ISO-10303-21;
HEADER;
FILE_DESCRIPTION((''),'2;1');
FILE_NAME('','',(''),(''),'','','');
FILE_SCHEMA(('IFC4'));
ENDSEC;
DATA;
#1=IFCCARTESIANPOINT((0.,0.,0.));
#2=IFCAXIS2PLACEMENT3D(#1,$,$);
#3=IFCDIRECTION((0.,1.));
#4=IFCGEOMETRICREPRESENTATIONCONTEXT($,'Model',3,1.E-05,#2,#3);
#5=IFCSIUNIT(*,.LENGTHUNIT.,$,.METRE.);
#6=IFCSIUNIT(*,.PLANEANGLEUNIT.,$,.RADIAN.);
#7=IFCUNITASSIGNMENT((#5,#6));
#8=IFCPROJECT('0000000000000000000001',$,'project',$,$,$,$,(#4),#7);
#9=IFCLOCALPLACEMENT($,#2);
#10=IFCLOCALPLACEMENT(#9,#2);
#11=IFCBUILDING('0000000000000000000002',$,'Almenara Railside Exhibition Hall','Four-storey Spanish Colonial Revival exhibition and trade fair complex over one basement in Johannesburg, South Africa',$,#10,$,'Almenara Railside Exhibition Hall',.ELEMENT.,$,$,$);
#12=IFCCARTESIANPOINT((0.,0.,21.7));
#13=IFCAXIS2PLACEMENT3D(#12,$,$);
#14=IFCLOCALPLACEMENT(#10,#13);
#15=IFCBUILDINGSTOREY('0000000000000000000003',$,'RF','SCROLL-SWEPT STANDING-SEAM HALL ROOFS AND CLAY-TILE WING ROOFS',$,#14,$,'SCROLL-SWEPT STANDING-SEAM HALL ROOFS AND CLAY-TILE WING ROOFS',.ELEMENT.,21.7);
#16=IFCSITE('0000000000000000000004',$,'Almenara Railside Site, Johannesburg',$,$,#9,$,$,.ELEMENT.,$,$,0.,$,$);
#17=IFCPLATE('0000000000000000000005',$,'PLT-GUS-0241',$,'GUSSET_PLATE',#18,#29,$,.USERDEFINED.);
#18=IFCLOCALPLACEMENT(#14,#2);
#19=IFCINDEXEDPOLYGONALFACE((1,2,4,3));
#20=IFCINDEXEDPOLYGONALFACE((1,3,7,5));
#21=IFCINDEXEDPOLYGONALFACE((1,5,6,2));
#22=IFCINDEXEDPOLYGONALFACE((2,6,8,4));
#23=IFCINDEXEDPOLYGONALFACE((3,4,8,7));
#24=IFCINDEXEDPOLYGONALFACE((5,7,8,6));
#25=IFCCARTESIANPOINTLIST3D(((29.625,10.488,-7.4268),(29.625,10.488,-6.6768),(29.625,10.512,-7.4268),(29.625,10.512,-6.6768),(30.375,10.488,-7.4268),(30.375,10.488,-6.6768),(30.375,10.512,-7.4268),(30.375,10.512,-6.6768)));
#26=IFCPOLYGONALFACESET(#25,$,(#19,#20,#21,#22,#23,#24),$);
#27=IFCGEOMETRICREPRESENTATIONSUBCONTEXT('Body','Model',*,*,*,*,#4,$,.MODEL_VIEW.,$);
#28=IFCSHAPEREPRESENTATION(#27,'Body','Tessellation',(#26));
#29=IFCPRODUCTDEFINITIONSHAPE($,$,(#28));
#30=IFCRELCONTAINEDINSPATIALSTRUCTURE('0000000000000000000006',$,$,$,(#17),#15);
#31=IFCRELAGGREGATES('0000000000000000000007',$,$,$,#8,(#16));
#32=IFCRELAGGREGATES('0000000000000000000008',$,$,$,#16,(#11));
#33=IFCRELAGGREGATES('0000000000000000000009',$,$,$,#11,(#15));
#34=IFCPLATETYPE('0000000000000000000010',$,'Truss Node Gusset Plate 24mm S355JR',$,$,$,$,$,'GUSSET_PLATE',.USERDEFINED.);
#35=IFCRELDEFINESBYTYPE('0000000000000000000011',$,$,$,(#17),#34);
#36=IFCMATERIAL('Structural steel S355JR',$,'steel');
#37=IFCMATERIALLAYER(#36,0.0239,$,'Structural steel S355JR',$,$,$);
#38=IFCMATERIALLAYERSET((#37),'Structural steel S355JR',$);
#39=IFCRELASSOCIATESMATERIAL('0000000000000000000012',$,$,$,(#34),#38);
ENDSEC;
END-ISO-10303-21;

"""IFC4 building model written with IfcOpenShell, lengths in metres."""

from ifc_helpers import new_model, si_unit, direction, frame, origin, origin_2d, place, context, subcontext, project, spatial, rectangle, extrude, material, layer, layer_set, type_object, element, save


model = new_model("IFC4")

# Units and contexts
model_context = context("Model", 3, precision=1e-05, world=origin(), true_north=direction((0.0, 1.0)))
body_context = subcontext(model_context, "Body", "Model", "MODEL_VIEW")
ifc_project = project(units=[si_unit("LENGTHUNIT", "METRE"), si_unit("PLANEANGLEUNIT", "RADIAN")], contexts=[model_context])

# Site, building, storey
site_placement = place(None, origin())
site = spatial("IfcSite", under=ifc_project, at=site_placement, Name="Almenara Railside Site, Johannesburg", CompositionType="ELEMENT", RefElevation=0.0)
building_placement = place(site_placement, origin())
building = spatial("IfcBuilding", under=site, at=building_placement, Name="Almenara Railside Exhibition Hall", Description="Four-storey Spanish Colonial Revival exhibition and trade fair complex over one basement in Johannesburg, South Africa", LongName="Almenara Railside Exhibition Hall", CompositionType="ELEMENT")
storey_placement = place(building_placement, frame((0.0, 0.0, 21.7)))
storey = spatial("IfcBuildingStorey", under=building, at=storey_placement, Name="RF", Description="SCROLL-SWEPT STANDING-SEAM HALL ROOFS AND CLAY-TILE WING ROOFS", LongName="SCROLL-SWEPT STANDING-SEAM HALL ROOFS AND CLAY-TILE WING ROOFS", CompositionType="ELEMENT", Elevation=21.7)

# Shared definitions
ifc_material_1 = material(Name="Structural steel S355JR", Category="steel")

# Plate
ifc_layer_1 = layer(ifc_material_1, 0.0239, Name="Structural steel S355JR")
ifc_layer_set_1 = layer_set([ifc_layer_1], Name="Structural steel S355JR")
plate_type_1 = type_object("IfcPlateType", Name="Truss Node Gusset Plate 24mm S355JR", ElementType="GUSSET_PLATE", PredefinedType="USERDEFINED", material=ifc_layer_set_1)
plate_1_placement = place(storey_placement, frame((30.0, 10.5, -7.4268), z_axis=(0.0, 0.0, 1.0), x_axis=(1.0, 0.0, 0.0)))
element("IfcPlate", 1, at=plate_1_placement, inside=storey, type_object=plate_type_1, Name="PLT-GUS-0241", ObjectType="GUSSET_PLATE", PredefinedType="USERDEFINED", context=body_context, shape_type="SweptSolid", body=[
    extrude(rectangle(XDim=0.75, YDim=0.0239, at=origin_2d()), origin(), (0.0, 0.0, 1.0), 0.75),
])

save(model, "model.ifc")
